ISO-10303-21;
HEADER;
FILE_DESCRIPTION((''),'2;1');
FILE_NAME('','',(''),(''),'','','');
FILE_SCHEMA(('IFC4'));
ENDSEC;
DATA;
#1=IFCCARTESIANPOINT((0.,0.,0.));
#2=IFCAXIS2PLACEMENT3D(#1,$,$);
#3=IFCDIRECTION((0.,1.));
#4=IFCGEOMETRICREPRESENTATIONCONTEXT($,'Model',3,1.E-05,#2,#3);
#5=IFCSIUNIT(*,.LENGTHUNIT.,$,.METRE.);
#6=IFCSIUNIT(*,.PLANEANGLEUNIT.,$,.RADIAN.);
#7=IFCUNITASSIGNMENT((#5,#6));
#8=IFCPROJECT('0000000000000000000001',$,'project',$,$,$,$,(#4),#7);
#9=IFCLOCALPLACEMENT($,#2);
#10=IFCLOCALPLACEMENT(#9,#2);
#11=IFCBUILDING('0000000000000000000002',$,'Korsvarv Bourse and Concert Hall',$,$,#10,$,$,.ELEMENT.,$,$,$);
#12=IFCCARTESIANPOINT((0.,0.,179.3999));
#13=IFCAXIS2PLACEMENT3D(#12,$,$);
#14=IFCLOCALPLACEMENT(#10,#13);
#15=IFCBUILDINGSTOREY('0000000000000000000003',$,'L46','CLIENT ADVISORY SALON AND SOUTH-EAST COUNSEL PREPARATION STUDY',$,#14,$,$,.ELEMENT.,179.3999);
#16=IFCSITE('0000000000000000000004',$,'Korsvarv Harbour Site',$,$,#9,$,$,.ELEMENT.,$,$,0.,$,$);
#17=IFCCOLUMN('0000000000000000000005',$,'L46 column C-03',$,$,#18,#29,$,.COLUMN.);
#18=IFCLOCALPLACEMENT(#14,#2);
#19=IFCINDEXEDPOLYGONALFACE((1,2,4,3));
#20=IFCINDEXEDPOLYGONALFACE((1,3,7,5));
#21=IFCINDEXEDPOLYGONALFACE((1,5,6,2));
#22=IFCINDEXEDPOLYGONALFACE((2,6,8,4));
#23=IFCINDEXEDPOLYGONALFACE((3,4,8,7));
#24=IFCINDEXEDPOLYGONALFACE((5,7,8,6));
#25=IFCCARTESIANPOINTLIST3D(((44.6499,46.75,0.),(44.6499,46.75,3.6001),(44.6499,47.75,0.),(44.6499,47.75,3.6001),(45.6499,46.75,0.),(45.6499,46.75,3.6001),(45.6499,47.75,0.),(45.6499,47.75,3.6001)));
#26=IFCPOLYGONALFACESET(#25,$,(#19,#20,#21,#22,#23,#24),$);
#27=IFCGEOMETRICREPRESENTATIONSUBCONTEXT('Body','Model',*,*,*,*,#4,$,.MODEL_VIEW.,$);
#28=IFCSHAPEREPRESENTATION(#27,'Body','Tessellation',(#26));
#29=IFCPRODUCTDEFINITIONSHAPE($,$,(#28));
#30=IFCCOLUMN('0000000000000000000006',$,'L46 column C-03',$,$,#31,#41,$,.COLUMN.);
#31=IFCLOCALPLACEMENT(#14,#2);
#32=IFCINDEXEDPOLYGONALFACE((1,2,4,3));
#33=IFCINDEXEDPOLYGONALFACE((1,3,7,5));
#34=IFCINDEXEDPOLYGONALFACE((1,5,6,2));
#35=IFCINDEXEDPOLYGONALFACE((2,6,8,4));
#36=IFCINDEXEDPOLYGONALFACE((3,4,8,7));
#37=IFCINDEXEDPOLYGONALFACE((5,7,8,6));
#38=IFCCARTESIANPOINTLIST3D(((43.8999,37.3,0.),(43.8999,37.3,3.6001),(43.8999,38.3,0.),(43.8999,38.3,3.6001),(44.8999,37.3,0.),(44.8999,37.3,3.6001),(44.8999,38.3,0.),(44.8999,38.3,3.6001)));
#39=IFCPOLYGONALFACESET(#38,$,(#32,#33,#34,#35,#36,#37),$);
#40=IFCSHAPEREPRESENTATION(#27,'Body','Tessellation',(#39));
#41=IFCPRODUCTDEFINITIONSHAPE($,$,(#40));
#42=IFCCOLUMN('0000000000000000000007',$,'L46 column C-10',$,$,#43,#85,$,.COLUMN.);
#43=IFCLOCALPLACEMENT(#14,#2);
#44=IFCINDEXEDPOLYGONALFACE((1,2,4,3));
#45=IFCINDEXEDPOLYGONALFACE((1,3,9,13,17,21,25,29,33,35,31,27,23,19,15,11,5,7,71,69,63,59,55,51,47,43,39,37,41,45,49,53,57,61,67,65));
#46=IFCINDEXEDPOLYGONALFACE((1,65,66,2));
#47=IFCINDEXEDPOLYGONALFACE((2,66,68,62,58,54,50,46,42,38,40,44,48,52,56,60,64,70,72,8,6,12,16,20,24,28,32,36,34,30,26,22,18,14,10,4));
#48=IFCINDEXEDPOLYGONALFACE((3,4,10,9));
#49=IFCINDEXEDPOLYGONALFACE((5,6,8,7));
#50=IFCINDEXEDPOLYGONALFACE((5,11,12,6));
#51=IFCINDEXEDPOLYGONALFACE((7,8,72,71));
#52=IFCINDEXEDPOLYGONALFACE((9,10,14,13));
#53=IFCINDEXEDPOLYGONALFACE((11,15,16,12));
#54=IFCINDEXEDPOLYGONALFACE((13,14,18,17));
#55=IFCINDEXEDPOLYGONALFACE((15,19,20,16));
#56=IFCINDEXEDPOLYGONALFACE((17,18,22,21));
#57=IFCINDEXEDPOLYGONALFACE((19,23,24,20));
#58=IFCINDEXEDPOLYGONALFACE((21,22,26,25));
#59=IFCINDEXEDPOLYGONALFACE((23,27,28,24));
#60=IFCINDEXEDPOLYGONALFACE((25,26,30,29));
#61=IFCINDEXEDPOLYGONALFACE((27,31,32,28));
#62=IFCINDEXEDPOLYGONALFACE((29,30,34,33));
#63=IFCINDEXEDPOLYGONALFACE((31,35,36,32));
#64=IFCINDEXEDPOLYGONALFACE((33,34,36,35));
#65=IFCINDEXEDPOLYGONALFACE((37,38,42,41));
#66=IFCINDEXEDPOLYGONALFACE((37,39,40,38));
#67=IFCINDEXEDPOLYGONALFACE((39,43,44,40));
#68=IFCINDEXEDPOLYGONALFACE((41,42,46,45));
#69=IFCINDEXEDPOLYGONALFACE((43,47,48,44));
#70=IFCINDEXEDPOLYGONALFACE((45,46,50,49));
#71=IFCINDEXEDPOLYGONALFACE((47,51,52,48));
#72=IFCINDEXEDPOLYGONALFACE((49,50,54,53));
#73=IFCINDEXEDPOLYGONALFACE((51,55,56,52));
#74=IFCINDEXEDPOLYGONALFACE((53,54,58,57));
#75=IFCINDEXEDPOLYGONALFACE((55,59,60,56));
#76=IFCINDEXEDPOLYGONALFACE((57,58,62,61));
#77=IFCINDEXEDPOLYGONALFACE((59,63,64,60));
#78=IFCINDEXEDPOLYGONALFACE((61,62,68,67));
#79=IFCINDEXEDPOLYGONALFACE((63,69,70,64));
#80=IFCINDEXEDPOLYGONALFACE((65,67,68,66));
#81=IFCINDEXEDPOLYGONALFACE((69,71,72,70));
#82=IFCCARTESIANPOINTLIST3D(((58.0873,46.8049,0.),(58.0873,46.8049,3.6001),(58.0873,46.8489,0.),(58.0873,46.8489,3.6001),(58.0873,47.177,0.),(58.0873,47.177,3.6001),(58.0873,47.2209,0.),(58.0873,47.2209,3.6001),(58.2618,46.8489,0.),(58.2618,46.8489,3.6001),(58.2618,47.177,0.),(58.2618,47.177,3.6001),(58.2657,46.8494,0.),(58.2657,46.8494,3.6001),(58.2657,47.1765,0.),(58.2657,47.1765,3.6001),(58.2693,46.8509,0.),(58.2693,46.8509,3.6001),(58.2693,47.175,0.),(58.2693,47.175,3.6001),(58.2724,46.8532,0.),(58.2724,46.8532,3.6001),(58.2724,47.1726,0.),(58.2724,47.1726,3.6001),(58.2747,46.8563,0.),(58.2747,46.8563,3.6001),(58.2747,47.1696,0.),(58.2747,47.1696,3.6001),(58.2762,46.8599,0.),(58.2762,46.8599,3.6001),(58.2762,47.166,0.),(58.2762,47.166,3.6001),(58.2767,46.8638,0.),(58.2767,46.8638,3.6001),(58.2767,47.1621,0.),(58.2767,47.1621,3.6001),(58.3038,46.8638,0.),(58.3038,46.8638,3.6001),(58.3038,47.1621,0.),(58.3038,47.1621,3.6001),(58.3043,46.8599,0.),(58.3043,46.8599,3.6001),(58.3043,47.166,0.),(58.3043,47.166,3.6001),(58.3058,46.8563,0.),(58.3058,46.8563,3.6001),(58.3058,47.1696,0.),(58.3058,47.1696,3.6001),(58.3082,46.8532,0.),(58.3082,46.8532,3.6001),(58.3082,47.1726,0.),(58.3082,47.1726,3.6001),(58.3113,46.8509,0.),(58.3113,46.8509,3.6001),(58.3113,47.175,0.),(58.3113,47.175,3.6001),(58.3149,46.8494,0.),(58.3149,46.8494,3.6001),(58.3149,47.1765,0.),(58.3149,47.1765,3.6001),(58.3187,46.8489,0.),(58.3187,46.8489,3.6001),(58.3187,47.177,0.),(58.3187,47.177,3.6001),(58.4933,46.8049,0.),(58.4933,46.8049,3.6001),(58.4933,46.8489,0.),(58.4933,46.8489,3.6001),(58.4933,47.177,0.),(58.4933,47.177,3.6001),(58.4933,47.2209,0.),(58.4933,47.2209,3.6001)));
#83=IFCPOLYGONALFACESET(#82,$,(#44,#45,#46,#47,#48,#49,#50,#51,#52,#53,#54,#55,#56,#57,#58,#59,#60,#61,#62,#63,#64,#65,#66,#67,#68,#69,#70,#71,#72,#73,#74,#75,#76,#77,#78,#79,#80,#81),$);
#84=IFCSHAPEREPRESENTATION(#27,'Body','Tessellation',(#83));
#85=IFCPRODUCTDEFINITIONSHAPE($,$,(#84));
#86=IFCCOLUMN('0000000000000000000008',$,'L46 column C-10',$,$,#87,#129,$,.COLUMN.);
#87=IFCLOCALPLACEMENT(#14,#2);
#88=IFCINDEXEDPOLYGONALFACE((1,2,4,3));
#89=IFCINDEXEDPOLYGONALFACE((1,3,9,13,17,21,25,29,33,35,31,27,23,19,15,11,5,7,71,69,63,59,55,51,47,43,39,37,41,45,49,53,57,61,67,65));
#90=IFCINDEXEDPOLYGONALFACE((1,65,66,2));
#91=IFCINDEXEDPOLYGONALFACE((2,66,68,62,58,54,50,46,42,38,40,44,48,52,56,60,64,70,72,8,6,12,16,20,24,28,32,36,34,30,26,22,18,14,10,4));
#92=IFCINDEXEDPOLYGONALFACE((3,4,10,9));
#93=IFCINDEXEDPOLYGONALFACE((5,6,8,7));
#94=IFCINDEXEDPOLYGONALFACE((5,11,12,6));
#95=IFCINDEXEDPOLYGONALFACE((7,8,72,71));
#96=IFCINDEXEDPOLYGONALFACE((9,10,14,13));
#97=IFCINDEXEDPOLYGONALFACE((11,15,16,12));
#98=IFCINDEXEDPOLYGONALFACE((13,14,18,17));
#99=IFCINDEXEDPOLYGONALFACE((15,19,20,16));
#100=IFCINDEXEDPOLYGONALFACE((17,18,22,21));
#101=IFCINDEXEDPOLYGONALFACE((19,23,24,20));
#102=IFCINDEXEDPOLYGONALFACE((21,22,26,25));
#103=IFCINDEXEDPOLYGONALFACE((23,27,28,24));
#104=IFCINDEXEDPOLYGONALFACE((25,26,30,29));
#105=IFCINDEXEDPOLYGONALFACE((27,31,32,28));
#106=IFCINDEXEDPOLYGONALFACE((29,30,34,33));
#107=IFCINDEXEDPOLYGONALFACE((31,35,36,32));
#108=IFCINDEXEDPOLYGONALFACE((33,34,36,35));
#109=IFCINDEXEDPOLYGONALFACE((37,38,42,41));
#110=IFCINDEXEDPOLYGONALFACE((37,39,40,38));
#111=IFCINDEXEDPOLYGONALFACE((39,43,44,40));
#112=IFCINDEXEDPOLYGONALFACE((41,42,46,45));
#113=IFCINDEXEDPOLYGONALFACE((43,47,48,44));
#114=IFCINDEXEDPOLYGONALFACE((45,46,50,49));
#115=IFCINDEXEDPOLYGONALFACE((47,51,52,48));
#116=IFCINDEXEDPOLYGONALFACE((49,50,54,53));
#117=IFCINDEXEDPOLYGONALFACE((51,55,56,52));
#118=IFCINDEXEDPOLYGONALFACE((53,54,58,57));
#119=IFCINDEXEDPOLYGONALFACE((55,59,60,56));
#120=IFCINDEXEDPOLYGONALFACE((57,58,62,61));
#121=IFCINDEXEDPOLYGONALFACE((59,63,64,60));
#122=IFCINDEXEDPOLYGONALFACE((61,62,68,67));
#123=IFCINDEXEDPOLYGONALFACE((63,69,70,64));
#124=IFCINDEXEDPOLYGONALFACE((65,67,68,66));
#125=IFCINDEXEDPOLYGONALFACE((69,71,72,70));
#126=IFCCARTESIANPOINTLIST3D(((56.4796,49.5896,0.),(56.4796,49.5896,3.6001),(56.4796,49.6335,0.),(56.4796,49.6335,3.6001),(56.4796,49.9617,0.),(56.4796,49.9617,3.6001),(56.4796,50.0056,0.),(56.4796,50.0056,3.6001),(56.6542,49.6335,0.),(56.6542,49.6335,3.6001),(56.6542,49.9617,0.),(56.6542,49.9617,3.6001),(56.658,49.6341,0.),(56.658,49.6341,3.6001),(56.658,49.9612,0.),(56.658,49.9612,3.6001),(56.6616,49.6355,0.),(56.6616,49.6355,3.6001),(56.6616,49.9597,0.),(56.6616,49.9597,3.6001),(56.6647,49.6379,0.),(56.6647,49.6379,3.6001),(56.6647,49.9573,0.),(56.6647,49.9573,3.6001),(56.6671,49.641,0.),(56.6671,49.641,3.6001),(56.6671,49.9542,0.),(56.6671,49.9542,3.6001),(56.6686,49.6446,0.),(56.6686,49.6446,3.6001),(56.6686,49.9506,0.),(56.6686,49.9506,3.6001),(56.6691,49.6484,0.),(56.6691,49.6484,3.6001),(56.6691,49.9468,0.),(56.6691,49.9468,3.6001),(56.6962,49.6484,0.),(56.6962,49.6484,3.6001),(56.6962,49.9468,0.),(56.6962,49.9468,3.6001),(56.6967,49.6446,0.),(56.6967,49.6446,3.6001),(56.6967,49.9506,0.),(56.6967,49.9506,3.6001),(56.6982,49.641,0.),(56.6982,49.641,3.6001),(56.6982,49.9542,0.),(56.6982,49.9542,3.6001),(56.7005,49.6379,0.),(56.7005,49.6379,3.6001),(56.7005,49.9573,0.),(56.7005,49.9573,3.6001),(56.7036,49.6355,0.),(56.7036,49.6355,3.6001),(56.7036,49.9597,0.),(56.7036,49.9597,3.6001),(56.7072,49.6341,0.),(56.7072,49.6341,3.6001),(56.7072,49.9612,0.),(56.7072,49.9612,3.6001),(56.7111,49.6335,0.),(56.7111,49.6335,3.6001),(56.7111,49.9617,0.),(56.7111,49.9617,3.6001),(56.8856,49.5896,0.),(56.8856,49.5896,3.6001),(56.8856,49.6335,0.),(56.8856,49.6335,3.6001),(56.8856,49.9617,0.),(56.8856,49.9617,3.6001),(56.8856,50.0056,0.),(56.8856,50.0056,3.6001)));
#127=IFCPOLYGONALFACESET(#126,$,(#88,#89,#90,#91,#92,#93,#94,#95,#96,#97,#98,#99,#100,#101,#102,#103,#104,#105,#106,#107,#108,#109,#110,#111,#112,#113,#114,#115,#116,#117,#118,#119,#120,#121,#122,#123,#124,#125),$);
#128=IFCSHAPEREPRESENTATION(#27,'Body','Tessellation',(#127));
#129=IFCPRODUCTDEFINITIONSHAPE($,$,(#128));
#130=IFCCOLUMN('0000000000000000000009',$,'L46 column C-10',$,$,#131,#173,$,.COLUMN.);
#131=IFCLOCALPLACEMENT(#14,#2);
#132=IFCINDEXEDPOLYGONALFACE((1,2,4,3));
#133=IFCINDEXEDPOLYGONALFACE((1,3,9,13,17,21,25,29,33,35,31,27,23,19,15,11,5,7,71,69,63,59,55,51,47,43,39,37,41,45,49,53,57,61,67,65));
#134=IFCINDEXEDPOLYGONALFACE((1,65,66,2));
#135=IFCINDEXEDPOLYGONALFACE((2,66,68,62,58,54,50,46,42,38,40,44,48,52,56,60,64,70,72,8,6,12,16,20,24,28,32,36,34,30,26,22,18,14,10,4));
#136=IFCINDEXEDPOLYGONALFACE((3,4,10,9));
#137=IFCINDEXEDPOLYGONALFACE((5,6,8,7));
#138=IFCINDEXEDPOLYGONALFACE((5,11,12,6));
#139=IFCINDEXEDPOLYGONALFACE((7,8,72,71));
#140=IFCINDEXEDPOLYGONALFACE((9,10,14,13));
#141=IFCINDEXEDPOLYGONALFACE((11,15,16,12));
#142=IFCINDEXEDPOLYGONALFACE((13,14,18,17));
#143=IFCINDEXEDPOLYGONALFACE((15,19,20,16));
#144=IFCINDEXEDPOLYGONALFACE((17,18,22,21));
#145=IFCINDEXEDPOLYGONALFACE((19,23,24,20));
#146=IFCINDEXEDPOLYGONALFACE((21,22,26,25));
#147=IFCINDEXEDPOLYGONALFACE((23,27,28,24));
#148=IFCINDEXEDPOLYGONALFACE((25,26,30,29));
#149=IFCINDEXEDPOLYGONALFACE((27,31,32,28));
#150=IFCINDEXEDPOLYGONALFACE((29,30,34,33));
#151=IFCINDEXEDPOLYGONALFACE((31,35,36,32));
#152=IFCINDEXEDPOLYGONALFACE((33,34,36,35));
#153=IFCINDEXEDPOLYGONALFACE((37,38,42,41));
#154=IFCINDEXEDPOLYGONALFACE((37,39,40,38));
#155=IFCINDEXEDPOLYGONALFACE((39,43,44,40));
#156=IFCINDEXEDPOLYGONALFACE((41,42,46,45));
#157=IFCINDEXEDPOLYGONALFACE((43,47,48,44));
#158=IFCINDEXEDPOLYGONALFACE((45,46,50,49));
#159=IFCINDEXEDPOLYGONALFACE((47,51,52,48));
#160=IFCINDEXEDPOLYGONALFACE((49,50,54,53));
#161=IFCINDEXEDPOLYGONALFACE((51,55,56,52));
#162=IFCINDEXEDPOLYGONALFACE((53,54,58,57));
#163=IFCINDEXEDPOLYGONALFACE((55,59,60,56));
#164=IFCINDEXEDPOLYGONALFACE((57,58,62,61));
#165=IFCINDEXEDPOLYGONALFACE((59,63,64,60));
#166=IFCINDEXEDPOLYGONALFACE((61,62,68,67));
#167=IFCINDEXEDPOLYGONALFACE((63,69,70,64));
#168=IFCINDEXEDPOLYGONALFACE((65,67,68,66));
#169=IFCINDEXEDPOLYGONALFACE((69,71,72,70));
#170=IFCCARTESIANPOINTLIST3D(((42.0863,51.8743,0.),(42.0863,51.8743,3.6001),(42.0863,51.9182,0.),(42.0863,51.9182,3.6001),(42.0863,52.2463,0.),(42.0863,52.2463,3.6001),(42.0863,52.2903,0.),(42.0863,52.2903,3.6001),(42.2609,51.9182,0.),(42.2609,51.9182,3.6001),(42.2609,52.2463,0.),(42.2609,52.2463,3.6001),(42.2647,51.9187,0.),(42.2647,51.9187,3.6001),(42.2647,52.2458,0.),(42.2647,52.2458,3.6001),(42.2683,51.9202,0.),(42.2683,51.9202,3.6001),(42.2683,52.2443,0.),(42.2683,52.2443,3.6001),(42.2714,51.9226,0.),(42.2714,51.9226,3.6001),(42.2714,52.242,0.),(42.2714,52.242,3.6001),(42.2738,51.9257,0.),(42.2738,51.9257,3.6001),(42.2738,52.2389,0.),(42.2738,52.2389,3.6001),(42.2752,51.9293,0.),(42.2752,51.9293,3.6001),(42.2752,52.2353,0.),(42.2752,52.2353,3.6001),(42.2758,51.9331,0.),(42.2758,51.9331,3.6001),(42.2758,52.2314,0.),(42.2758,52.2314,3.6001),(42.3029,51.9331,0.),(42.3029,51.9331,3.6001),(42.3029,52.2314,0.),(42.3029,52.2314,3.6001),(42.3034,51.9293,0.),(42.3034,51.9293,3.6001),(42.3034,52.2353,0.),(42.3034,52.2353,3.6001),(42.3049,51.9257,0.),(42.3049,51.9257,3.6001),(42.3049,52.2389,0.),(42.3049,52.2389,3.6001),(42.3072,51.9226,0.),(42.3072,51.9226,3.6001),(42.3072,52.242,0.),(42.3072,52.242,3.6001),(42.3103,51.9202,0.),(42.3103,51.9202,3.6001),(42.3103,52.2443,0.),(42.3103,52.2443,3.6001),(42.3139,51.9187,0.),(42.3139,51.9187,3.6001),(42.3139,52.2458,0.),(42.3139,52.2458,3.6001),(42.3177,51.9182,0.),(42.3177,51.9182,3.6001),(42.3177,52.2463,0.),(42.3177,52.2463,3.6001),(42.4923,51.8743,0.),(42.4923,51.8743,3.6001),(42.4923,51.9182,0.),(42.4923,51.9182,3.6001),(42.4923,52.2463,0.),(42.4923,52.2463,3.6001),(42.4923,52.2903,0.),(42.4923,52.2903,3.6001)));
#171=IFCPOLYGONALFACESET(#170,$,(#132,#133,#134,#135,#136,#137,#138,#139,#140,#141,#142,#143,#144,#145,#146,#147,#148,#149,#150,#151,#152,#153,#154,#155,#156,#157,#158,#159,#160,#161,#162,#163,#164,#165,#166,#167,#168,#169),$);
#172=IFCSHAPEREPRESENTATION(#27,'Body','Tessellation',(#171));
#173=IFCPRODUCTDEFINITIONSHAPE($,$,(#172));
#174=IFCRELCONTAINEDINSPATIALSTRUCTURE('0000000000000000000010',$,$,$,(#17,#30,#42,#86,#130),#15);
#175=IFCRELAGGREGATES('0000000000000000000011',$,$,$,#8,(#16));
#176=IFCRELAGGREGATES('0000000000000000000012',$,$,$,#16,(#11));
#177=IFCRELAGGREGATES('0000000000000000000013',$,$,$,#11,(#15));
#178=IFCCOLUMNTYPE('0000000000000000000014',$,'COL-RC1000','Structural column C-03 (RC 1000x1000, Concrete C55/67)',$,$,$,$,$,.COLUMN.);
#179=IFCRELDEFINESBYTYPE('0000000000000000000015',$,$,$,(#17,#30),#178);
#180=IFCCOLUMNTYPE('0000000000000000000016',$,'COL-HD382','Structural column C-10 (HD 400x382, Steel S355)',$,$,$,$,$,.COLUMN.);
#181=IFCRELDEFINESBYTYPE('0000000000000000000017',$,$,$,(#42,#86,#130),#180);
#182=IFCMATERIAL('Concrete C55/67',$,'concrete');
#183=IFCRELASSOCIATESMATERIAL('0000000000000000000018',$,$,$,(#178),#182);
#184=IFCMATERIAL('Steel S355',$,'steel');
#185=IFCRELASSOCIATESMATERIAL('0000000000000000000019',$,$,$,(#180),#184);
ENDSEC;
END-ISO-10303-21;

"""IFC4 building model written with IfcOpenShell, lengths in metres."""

from ifc_helpers import new_model, si_unit, direction, frame, origin, origin_2d, place, context, subcontext, project, spatial, rectangle, i_section, extrude, source, transform, mapped, material, material_profile, profile_set, type_object, element, save


model = new_model("IFC4")

# Units and contexts
model_context = context("Model", 3, precision=1e-05, world=origin(), true_north=direction((0.0, 1.0)))
body_context = subcontext(model_context, "Body", "Model", "MODEL_VIEW")
ifc_project = project(units=[si_unit("LENGTHUNIT", "METRE"), si_unit("PLANEANGLEUNIT", "RADIAN")], contexts=[model_context])

# Site, building, storey
site_placement = place(None, origin())
site = spatial("IfcSite", under=ifc_project, at=site_placement, Name="Korsvarv Harbour Site", CompositionType="ELEMENT", RefElevation=0.0)
building_placement = place(site_placement, origin())
building = spatial("IfcBuilding", under=site, at=building_placement, Name="Korsvarv Bourse and Concert Hall", CompositionType="ELEMENT")
storey_placement = place(building_placement, frame((0.0, 0.0, 179.3999)))
storey = spatial("IfcBuildingStorey", under=building, at=storey_placement, Name="L46", Description="CLIENT ADVISORY SALON AND SOUTH-EAST COUNSEL PREPARATION STUDY", CompositionType="ELEMENT", Elevation=179.3999)

# Columns
ifc_material_1 = material(Name="Concrete C55/67", Category="concrete")
ifc_material_profile_1 = material_profile(ifc_material_1, rectangle(XDim=1.0, YDim=1.0, at=origin_2d()), Name="RC 1000x1000")
ifc_profile_set_1 = profile_set([ifc_material_profile_1], Name="Concrete C55/67")
column_type_1 = type_object("IfcColumnType", Name="COL-RC1000", Description="Structural column C-03 (RC 1000x1000, Concrete C55/67)", PredefinedType="COLUMN", material=ifc_profile_set_1)
shared_shape_1 = source(origin(), body_context, "Body", "SweptSolid", [
    extrude(rectangle(XDim=1.0, YDim=1.0, at=origin_2d()), origin(), (0.0, 0.0, 1.0), 3.6001),
])
for number, where, z_axis, x_axis, name in (
    (1, (45.1499, 47.25, 0.0), (0.0, 0.0, 1.0), (1.0, 0.0, 0.0), "L46 column C-03"),
    (2, (44.3999, 37.8, 0.0), (0.0, 0.0, 1.0), (1.0, 0.0, 0.0), "L46 column C-03"),
):
    element("IfcColumn", number, at=place(storey_placement, frame(where, z_axis=z_axis, x_axis=x_axis)), inside=storey, type_object=column_type_1, Name=name, PredefinedType="COLUMN", context=body_context, shape_type="MappedRepresentation", body=[
        mapped(shared_shape_1, transform((0.0, 0.0, 0.0), scale=1.0)),
    ])
ifc_material_2 = material(Name="Steel S355", Category="steel")
ifc_material_profile_2 = material_profile(ifc_material_2, i_section(OverallWidth=0.406, OverallDepth=0.416, WebThickness=0.0271, FlangeThickness=0.0439, FilletRadius=0.0149, at=origin_2d()), Name="HD 400x382")
ifc_profile_set_2 = profile_set([ifc_material_profile_2], Name="Steel S355")
column_type_2 = type_object("IfcColumnType", Name="COL-HD382", Description="Structural column C-10 (HD 400x382, Steel S355)", PredefinedType="COLUMN", material=ifc_profile_set_2)
shared_shape_2 = source(origin(), body_context, "Body", "SweptSolid", [
    extrude(i_section(OverallWidth=0.406, OverallDepth=0.416, WebThickness=0.0271, FlangeThickness=0.0439, FilletRadius=0.0149, at=origin_2d()), origin(), (0.0, 0.0, 1.0), 3.6001),
])
for number, where, z_axis, x_axis, name in (
    (3, (58.2903, 47.0129, 0.0), (0.0, 0.0, 1.0), (1.0, 0.0, 0.0), "L46 column C-10"),
    (4, (56.6826, 49.7976, 0.0), (0.0, 0.0, 1.0), (1.0, 0.0, 0.0), "L46 column C-10"),
    (5, (42.2893, 52.0823, 0.0), (0.0, 0.0, 1.0), (1.0, 0.0, 0.0), "L46 column C-10"),
):
    element("IfcColumn", number, at=place(storey_placement, frame(where, z_axis=z_axis, x_axis=x_axis)), inside=storey, type_object=column_type_2, Name=name, PredefinedType="COLUMN", context=body_context, shape_type="MappedRepresentation", body=[
        mapped(shared_shape_2, transform((0.0, 0.0, 0.0), scale=1.0)),
    ])

save(model, "model.ifc")
